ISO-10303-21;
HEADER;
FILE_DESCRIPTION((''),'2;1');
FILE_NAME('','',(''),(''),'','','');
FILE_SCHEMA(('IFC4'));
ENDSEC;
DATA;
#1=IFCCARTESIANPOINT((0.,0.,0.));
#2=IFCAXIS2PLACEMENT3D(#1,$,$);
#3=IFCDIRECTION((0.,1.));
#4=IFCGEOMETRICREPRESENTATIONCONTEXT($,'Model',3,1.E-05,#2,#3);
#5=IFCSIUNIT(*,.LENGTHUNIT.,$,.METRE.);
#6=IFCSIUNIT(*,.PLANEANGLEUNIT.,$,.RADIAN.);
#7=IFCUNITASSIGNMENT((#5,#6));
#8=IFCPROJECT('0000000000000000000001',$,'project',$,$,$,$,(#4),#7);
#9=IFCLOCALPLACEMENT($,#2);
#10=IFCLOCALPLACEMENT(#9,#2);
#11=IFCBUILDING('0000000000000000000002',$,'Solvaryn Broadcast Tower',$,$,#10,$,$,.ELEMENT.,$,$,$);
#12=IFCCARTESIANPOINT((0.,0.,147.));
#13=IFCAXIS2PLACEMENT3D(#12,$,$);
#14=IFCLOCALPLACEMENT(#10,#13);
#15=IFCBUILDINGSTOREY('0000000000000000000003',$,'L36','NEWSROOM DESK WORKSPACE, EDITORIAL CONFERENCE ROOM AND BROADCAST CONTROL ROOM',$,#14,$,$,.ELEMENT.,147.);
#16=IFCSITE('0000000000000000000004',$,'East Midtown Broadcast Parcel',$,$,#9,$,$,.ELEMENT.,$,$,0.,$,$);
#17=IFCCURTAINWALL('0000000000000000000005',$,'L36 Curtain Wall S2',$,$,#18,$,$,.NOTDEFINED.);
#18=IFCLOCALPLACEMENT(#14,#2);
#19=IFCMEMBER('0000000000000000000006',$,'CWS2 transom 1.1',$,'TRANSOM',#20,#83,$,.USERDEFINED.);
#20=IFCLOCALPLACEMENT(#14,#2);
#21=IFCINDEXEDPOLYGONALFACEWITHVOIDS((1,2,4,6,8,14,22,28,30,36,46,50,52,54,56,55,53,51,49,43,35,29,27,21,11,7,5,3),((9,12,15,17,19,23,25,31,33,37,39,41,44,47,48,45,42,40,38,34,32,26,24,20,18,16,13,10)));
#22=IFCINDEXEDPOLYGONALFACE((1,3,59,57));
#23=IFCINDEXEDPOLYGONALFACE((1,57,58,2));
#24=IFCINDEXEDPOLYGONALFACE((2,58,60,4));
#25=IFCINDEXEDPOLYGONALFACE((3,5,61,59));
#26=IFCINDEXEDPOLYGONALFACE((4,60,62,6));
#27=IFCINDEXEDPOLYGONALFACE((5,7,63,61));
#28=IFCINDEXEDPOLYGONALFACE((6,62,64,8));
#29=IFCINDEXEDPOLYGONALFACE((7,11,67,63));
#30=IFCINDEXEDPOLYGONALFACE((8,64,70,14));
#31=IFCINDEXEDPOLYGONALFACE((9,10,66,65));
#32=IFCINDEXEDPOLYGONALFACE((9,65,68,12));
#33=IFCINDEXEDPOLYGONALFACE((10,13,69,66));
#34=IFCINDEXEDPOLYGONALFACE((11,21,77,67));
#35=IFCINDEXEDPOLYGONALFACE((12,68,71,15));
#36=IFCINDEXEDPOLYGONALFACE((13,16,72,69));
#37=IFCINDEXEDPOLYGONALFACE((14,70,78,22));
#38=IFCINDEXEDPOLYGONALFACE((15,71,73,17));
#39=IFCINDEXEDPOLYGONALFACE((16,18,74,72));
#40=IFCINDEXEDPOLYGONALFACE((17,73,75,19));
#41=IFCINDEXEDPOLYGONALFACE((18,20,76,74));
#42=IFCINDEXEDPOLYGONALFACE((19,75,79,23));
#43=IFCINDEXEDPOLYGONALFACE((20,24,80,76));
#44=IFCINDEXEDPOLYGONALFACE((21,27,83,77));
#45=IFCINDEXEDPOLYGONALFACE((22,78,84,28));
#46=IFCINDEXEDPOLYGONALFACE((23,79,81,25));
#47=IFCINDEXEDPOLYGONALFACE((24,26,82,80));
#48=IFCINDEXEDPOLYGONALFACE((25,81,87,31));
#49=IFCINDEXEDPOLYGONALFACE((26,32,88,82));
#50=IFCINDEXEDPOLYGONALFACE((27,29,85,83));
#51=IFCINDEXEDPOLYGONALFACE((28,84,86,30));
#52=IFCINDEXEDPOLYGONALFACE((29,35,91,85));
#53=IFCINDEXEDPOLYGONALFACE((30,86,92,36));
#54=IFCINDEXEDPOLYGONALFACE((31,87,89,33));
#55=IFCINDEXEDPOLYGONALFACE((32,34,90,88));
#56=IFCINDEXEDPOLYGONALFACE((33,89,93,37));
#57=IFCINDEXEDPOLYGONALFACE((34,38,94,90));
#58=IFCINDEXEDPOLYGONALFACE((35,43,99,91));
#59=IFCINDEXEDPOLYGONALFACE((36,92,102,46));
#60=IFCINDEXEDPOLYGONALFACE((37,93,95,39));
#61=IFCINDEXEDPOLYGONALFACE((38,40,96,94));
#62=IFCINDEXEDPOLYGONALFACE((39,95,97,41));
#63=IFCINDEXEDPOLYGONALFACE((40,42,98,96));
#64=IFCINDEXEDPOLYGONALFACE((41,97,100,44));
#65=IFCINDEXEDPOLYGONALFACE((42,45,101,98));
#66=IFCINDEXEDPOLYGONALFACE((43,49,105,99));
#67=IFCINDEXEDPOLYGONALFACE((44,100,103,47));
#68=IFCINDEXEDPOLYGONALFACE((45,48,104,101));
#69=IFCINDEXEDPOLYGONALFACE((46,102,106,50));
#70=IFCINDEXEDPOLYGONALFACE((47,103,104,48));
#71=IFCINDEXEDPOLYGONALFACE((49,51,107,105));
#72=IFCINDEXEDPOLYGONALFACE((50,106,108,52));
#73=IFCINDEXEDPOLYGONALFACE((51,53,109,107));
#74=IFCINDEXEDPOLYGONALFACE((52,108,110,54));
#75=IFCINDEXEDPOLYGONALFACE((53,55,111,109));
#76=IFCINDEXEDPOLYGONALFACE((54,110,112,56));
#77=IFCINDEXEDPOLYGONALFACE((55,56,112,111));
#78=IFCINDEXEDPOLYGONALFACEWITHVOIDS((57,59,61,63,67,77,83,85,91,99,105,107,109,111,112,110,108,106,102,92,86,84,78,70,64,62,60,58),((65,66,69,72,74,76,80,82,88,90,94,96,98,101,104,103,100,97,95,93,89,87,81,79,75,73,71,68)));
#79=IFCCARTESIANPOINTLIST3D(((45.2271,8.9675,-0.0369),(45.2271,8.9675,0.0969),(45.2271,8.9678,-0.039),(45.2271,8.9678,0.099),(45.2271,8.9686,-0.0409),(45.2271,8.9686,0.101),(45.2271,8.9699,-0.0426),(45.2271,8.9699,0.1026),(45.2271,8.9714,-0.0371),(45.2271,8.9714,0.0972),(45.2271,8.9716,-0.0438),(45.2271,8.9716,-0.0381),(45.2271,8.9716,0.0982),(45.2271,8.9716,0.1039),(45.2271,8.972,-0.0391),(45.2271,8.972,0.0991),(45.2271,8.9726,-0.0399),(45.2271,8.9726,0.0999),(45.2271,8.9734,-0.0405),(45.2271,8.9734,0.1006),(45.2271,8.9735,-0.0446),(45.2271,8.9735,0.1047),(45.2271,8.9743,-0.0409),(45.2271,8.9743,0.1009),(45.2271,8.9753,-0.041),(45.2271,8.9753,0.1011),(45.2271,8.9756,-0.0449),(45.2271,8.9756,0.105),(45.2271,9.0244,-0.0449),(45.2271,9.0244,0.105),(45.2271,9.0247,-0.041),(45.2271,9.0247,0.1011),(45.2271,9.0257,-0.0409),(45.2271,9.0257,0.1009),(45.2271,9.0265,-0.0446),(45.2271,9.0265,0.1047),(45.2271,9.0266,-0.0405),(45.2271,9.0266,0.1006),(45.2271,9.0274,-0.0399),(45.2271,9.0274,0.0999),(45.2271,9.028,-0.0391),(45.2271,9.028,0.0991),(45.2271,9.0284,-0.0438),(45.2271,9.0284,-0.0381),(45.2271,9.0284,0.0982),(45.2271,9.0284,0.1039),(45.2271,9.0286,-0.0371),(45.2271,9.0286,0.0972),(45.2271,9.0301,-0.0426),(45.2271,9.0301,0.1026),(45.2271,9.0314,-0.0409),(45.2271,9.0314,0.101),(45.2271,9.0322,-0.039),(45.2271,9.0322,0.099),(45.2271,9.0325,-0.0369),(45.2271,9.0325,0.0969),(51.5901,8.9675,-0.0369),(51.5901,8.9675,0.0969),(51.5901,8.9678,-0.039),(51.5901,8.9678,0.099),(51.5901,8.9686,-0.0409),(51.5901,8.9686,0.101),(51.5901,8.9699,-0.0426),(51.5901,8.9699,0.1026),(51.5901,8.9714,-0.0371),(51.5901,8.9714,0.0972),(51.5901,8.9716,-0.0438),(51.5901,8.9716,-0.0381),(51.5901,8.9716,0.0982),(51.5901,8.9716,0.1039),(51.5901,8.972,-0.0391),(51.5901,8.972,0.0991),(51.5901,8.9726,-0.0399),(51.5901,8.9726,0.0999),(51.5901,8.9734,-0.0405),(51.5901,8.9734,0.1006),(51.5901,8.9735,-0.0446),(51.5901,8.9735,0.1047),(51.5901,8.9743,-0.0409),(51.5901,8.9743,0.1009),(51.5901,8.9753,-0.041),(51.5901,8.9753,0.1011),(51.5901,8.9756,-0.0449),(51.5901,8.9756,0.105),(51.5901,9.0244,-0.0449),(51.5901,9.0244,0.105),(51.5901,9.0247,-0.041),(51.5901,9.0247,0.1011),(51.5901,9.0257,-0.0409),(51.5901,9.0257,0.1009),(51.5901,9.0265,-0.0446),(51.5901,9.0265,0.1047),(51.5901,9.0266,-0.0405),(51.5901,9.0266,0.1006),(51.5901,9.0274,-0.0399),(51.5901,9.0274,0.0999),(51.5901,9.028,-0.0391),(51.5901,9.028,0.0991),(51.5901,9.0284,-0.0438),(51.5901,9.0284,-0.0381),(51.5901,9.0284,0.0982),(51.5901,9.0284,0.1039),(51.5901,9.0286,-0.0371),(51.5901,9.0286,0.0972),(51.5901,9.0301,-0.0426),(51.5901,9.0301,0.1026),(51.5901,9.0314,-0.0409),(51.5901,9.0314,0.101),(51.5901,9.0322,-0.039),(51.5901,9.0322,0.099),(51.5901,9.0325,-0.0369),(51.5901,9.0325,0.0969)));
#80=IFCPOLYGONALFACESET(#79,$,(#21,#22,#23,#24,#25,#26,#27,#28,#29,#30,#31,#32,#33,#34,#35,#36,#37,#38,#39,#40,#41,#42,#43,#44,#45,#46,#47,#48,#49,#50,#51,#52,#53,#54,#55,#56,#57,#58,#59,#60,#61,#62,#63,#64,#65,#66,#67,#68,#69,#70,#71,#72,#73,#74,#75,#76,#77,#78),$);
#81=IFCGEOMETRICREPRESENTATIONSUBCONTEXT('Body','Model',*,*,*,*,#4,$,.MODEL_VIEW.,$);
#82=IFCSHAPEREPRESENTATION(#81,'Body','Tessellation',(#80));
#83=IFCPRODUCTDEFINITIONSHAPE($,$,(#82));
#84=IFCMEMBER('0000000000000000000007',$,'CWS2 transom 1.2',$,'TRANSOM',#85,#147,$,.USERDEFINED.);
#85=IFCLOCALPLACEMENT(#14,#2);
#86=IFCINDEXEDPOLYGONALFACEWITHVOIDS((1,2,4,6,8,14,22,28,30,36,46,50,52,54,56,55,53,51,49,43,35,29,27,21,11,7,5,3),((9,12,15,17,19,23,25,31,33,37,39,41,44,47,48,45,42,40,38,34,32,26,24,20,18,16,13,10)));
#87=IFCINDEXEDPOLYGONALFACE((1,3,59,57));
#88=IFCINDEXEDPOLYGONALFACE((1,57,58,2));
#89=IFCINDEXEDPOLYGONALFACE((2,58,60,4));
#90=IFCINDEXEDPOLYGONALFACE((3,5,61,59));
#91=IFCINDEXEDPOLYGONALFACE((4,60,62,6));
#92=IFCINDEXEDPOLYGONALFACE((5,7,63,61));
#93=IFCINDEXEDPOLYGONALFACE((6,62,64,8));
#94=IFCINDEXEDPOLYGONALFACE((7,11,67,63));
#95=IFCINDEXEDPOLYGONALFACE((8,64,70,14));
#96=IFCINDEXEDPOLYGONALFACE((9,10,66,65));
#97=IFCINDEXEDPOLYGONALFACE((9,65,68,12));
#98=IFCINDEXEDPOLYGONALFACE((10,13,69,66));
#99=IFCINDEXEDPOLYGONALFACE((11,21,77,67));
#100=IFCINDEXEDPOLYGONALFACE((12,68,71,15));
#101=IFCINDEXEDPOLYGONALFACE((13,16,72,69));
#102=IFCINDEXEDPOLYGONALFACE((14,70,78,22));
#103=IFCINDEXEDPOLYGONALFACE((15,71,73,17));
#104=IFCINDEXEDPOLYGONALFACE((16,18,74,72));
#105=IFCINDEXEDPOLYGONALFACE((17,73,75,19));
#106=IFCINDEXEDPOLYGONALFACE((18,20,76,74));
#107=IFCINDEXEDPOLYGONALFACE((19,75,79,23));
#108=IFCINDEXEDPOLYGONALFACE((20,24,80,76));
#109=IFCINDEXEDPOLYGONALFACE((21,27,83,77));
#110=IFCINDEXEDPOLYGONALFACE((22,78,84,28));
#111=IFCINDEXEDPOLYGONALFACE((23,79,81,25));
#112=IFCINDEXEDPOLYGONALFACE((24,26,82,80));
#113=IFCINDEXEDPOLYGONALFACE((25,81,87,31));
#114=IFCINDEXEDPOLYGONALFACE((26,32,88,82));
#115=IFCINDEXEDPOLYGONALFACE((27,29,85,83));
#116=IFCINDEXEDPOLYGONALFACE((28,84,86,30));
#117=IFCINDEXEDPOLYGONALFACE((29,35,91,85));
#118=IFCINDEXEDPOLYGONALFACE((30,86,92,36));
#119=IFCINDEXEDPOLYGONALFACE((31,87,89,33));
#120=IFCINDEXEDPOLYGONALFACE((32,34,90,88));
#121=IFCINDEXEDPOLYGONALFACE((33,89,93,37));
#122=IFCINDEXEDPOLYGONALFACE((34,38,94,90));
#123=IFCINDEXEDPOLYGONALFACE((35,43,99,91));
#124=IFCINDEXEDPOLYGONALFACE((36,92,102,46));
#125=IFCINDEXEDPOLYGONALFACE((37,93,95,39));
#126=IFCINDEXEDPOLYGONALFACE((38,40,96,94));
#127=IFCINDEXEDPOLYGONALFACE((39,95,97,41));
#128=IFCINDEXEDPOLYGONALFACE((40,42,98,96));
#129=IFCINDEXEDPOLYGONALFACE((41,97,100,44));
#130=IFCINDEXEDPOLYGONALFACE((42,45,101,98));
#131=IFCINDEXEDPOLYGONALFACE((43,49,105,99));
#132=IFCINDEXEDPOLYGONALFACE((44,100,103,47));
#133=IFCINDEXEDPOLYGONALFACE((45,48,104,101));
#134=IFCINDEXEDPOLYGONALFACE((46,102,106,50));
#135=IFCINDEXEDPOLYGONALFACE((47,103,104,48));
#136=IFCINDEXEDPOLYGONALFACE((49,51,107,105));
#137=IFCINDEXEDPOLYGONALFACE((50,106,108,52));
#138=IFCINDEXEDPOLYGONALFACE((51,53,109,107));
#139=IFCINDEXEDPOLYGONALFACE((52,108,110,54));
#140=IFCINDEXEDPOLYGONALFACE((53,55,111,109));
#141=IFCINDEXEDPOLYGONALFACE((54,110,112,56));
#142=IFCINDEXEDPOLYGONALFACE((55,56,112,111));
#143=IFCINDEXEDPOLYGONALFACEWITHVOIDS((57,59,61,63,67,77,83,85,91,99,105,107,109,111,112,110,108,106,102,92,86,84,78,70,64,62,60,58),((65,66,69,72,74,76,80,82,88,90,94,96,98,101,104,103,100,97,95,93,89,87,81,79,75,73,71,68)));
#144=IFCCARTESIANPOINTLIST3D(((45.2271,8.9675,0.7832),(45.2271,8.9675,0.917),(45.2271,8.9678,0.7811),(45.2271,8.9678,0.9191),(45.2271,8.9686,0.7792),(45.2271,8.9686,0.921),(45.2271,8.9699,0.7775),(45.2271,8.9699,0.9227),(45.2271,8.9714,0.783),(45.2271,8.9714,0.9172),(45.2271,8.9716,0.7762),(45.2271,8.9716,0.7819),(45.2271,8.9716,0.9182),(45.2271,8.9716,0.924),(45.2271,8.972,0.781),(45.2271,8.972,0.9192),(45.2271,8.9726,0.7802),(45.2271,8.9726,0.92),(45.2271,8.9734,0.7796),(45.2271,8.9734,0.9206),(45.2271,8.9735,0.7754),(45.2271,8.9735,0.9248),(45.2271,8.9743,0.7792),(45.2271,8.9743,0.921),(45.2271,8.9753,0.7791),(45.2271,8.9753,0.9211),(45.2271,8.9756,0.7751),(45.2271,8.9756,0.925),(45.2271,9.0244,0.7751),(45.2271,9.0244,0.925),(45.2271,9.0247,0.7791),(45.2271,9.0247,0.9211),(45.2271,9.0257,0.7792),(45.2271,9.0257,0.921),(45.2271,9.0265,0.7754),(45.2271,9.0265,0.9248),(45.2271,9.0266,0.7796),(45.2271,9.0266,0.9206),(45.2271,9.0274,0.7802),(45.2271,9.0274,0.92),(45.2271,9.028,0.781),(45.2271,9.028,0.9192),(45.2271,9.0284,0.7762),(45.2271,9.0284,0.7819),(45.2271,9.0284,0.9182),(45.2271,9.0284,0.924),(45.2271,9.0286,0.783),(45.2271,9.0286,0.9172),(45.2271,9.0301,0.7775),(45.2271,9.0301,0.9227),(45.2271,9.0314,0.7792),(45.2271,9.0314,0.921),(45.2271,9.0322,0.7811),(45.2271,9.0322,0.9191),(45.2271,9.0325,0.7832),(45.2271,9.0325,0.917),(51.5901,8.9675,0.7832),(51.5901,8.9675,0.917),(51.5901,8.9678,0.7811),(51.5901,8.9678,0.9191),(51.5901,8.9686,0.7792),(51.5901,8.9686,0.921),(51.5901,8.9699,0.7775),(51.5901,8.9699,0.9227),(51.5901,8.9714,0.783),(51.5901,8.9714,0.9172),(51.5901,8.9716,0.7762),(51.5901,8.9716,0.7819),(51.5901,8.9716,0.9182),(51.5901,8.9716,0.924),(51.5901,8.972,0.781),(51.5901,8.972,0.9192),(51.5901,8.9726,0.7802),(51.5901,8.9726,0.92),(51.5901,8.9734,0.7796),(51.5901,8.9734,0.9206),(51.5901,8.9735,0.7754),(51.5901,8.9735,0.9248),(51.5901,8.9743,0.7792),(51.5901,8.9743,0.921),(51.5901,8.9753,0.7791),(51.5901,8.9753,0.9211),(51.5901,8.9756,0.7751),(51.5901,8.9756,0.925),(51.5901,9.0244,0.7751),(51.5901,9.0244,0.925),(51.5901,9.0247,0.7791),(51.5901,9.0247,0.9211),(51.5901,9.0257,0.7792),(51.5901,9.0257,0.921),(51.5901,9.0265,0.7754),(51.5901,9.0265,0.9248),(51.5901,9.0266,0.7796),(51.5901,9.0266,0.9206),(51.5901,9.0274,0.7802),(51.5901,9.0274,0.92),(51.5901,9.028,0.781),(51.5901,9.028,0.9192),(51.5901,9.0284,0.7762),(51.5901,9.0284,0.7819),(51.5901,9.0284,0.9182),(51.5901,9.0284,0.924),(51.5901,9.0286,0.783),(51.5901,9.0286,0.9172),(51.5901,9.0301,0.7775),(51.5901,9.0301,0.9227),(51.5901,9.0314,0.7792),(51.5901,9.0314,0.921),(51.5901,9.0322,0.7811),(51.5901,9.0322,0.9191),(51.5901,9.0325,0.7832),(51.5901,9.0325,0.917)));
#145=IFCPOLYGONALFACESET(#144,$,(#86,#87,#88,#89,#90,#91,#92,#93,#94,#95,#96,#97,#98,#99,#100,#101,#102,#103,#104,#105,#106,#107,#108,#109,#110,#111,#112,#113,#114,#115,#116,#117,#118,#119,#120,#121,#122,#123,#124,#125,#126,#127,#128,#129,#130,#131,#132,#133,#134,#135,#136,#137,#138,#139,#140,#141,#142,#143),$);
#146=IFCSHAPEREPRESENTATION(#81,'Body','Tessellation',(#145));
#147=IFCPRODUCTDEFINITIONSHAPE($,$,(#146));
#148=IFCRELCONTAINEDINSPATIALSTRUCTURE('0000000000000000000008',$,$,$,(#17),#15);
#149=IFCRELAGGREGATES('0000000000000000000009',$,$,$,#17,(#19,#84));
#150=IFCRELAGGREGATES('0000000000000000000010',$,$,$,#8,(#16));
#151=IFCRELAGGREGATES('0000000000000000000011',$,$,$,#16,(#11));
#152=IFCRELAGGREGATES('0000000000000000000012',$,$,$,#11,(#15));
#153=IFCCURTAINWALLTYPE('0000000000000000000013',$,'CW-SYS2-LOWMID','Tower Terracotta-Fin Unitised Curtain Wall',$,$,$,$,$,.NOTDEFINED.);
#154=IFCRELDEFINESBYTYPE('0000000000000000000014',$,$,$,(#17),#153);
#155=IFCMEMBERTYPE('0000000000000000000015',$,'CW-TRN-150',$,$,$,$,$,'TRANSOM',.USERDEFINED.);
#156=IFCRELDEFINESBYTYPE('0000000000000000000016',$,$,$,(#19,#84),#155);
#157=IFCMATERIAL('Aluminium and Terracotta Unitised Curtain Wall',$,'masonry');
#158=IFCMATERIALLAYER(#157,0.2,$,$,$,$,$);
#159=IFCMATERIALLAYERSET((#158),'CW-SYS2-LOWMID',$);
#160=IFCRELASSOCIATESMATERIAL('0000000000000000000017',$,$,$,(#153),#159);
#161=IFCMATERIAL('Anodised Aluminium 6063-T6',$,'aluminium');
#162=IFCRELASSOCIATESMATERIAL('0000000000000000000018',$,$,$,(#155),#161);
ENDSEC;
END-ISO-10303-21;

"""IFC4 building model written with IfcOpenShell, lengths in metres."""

from ifc_helpers import new_model, si_unit, direction, frame, origin, origin_2d, place, context, subcontext, project, spatial, hollow_rectangle, extrude, material, layer, layer_set, material_profile, profile_set, type_object, element, aggregate, save


model = new_model("IFC4")

# Units and contexts
model_context = context("Model", 3, precision=1e-05, world=origin(), true_north=direction((0.0, 1.0)))
body_context = subcontext(model_context, "Body", "Model", "MODEL_VIEW")
ifc_project = project(units=[si_unit("LENGTHUNIT", "METRE"), si_unit("PLANEANGLEUNIT", "RADIAN")], contexts=[model_context])

# Site, building, storey
site_placement = place(None, origin())
site = spatial("IfcSite", under=ifc_project, at=site_placement, Name="East Midtown Broadcast Parcel", CompositionType="ELEMENT", RefElevation=0.0)
building_placement = place(site_placement, origin())
building = spatial("IfcBuilding", under=site, at=building_placement, Name="Solvaryn Broadcast Tower", CompositionType="ELEMENT")
storey_placement = place(building_placement, frame((0.0, 0.0, 147.0)))
storey = spatial("IfcBuildingStorey", under=building, at=storey_placement, Name="L36", Description="NEWSROOM DESK WORKSPACE, EDITORIAL CONFERENCE ROOM AND BROADCAST CONTROL ROOM", CompositionType="ELEMENT", Elevation=147.0)

# Curtain wall
ifc_material_1 = material(Name="Aluminium and Terracotta Unitised Curtain Wall", Category="masonry")
ifc_layer_1 = layer(ifc_material_1, 0.2)
ifc_layer_set_1 = layer_set([ifc_layer_1], Name="CW-SYS2-LOWMID")
curtain_wall_type = type_object("IfcCurtainWallType", Name="CW-SYS2-LOWMID", Description="Tower Terracotta-Fin Unitised Curtain Wall", PredefinedType="NOTDEFINED", material=ifc_layer_set_1)
curtain_wall_1_placement = place(storey_placement, origin())
curtain_wall_1 = element("IfcCurtainWall", 1, at=curtain_wall_1_placement, inside=storey, type_object=curtain_wall_type, Name="L36 Curtain Wall S2", PredefinedType="NOTDEFINED")

# Members
ifc_material_2 = material(Name="Anodised Aluminium 6063-T6", Category="aluminium")
ifc_material_profile_1 = material_profile(ifc_material_2, hollow_rectangle(XDim=0.0649, YDim=0.1499, WallThickness=0.0039, InnerFilletRadius=0.0039, OuterFilletRadius=0.0081, at=origin_2d()))
ifc_profile_set_1 = profile_set([ifc_material_profile_1], Name="Anodised Aluminium 6063-T6")
member_type_1 = type_object("IfcMemberType", Name="CW-TRN-150", ElementType="TRANSOM", PredefinedType="USERDEFINED", material=ifc_profile_set_1)
member_1_placement = place(storey_placement, frame((45.2271, 9.0, 0.03), z_axis=(1.0, 0.0, 0.0), x_axis=(0.0, 1.0, 0.0)))
member_1 = element("IfcMember", 2, at=member_1_placement, type_object=member_type_1, Name="CWS2 transom 1.1", ObjectType="TRANSOM", PredefinedType="USERDEFINED", context=body_context, shape_type="SweptSolid", body=[
    extrude(hollow_rectangle(XDim=0.0649, YDim=0.1499, WallThickness=0.0039, InnerFilletRadius=0.0039, OuterFilletRadius=0.0081, at=origin_2d()), origin(), (0.0, 0.0, 1.0), 6.363),
])
member_2_placement = place(storey_placement, frame((45.2271, 9.0, 0.8501), z_axis=(1.0, 0.0, 0.0), x_axis=(0.0, 1.0, 0.0)))
member_2 = element("IfcMember", 3, at=member_2_placement, type_object=member_type_1, Name="CWS2 transom 1.2", ObjectType="TRANSOM", PredefinedType="USERDEFINED", context=body_context, shape_type="SweptSolid", body=[
    extrude(hollow_rectangle(XDim=0.0649, YDim=0.1499, WallThickness=0.0039, InnerFilletRadius=0.0039, OuterFilletRadius=0.0081, at=origin_2d()), origin(), (0.0, 0.0, 1.0), 6.363),
])

aggregate(curtain_wall_1, [member_1, member_2])

save(model, "model.ifc")
